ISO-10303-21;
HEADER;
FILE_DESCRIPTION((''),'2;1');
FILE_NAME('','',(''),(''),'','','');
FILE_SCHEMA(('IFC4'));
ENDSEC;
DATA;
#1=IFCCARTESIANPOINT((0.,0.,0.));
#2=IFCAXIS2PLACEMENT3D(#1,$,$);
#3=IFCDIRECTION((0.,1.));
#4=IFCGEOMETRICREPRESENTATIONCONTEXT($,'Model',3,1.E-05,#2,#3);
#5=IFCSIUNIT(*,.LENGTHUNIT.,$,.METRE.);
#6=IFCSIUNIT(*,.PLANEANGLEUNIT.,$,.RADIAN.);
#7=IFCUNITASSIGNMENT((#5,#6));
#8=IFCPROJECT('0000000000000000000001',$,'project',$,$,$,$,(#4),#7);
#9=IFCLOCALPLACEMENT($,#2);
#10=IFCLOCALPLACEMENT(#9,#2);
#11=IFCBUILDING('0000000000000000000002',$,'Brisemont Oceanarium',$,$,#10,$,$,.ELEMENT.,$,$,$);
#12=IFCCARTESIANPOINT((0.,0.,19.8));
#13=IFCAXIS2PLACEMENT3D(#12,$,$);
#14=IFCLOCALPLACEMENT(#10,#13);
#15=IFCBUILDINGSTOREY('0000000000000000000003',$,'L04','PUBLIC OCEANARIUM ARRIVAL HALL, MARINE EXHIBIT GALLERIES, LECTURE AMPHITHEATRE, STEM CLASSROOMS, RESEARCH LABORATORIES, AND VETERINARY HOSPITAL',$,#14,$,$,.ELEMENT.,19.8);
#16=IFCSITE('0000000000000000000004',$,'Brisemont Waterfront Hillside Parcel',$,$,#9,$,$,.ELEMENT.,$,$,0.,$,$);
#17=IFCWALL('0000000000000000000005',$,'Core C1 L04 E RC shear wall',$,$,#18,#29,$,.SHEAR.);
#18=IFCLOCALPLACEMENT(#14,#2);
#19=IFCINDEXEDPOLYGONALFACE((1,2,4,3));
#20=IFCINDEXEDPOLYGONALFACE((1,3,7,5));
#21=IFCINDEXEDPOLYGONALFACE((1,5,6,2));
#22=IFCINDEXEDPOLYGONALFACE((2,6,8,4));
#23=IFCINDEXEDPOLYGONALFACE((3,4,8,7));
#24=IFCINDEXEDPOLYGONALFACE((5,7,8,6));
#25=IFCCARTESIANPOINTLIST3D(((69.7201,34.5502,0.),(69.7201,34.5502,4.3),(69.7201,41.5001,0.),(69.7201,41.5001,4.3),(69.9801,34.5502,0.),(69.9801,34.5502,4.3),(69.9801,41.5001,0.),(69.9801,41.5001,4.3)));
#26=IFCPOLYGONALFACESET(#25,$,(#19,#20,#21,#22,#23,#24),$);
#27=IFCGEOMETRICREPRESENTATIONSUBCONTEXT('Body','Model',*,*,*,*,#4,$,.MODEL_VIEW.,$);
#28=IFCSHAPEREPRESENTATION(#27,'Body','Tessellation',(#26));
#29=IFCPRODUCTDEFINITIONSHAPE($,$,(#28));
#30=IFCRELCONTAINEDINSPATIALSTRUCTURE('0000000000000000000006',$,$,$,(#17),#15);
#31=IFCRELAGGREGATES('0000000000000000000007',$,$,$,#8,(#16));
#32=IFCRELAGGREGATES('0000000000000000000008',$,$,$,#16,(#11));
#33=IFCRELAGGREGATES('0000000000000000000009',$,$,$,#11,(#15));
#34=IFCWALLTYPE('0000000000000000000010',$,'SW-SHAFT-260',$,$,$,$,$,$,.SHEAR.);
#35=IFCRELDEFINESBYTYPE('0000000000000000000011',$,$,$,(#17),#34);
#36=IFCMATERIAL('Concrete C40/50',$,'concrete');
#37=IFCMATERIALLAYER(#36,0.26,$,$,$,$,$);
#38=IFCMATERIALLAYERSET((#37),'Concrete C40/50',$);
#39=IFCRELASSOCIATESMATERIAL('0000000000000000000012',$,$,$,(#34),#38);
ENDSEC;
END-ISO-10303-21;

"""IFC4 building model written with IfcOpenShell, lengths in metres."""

from ifc_helpers import new_model, si_unit, direction, frame, frame_2d, origin, place, context, subcontext, project, spatial, rectangle, extrude, material, layer, layer_set, type_object, element, save


model = new_model("IFC4")

# Units and contexts
model_context = context("Model", 3, precision=1e-05, world=origin(), true_north=direction((0.0, 1.0)))
body_context = subcontext(model_context, "Body", "Model", "MODEL_VIEW")
ifc_project = project(units=[si_unit("LENGTHUNIT", "METRE"), si_unit("PLANEANGLEUNIT", "RADIAN")], contexts=[model_context])

# Site, building, storey
site_placement = place(None, origin())
site = spatial("IfcSite", under=ifc_project, at=site_placement, Name="Brisemont Waterfront Hillside Parcel", CompositionType="ELEMENT", RefElevation=0.0)
building_placement = place(site_placement, origin())
building = spatial("IfcBuilding", under=site, at=building_placement, Name="Brisemont Oceanarium", CompositionType="ELEMENT")
storey_placement = place(building_placement, frame((0.0, 0.0, 19.8)))
storey = spatial("IfcBuildingStorey", under=building, at=storey_placement, Name="L04", Description="PUBLIC OCEANARIUM ARRIVAL HALL, MARINE EXHIBIT GALLERIES, LECTURE AMPHITHEATRE, STEM CLASSROOMS, RESEARCH LABORATORIES, AND VETERINARY HOSPITAL", CompositionType="ELEMENT", Elevation=19.8)

# Wall
ifc_material_1 = material(Name="Concrete C40/50", Category="concrete")
ifc_layer_1 = layer(ifc_material_1, 0.26)
ifc_layer_set_1 = layer_set([ifc_layer_1], Name="Concrete C40/50")
wall_type_1 = type_object("IfcWallType", Name="SW-SHAFT-260", PredefinedType="SHEAR", material=ifc_layer_set_1)
wall_1_placement = place(storey_placement, frame((69.8501, 34.55, 0.0), z_axis=(0.0, 0.0, 1.0), x_axis=(0.0, 1.0, 0.0)))
element("IfcWall", 1, at=wall_1_placement, inside=storey, type_object=wall_type_1, Name="Core C1 L04 E RC shear wall", PredefinedType="SHEAR", context=body_context, shape_type="SweptSolid", body=[
    extrude(rectangle(XDim=6.95, YDim=0.26, at=frame_2d((3.4751, 0.0))), origin(), (0.0, 0.0, 1.0), 4.3),
])

save(model, "model.ifc")
